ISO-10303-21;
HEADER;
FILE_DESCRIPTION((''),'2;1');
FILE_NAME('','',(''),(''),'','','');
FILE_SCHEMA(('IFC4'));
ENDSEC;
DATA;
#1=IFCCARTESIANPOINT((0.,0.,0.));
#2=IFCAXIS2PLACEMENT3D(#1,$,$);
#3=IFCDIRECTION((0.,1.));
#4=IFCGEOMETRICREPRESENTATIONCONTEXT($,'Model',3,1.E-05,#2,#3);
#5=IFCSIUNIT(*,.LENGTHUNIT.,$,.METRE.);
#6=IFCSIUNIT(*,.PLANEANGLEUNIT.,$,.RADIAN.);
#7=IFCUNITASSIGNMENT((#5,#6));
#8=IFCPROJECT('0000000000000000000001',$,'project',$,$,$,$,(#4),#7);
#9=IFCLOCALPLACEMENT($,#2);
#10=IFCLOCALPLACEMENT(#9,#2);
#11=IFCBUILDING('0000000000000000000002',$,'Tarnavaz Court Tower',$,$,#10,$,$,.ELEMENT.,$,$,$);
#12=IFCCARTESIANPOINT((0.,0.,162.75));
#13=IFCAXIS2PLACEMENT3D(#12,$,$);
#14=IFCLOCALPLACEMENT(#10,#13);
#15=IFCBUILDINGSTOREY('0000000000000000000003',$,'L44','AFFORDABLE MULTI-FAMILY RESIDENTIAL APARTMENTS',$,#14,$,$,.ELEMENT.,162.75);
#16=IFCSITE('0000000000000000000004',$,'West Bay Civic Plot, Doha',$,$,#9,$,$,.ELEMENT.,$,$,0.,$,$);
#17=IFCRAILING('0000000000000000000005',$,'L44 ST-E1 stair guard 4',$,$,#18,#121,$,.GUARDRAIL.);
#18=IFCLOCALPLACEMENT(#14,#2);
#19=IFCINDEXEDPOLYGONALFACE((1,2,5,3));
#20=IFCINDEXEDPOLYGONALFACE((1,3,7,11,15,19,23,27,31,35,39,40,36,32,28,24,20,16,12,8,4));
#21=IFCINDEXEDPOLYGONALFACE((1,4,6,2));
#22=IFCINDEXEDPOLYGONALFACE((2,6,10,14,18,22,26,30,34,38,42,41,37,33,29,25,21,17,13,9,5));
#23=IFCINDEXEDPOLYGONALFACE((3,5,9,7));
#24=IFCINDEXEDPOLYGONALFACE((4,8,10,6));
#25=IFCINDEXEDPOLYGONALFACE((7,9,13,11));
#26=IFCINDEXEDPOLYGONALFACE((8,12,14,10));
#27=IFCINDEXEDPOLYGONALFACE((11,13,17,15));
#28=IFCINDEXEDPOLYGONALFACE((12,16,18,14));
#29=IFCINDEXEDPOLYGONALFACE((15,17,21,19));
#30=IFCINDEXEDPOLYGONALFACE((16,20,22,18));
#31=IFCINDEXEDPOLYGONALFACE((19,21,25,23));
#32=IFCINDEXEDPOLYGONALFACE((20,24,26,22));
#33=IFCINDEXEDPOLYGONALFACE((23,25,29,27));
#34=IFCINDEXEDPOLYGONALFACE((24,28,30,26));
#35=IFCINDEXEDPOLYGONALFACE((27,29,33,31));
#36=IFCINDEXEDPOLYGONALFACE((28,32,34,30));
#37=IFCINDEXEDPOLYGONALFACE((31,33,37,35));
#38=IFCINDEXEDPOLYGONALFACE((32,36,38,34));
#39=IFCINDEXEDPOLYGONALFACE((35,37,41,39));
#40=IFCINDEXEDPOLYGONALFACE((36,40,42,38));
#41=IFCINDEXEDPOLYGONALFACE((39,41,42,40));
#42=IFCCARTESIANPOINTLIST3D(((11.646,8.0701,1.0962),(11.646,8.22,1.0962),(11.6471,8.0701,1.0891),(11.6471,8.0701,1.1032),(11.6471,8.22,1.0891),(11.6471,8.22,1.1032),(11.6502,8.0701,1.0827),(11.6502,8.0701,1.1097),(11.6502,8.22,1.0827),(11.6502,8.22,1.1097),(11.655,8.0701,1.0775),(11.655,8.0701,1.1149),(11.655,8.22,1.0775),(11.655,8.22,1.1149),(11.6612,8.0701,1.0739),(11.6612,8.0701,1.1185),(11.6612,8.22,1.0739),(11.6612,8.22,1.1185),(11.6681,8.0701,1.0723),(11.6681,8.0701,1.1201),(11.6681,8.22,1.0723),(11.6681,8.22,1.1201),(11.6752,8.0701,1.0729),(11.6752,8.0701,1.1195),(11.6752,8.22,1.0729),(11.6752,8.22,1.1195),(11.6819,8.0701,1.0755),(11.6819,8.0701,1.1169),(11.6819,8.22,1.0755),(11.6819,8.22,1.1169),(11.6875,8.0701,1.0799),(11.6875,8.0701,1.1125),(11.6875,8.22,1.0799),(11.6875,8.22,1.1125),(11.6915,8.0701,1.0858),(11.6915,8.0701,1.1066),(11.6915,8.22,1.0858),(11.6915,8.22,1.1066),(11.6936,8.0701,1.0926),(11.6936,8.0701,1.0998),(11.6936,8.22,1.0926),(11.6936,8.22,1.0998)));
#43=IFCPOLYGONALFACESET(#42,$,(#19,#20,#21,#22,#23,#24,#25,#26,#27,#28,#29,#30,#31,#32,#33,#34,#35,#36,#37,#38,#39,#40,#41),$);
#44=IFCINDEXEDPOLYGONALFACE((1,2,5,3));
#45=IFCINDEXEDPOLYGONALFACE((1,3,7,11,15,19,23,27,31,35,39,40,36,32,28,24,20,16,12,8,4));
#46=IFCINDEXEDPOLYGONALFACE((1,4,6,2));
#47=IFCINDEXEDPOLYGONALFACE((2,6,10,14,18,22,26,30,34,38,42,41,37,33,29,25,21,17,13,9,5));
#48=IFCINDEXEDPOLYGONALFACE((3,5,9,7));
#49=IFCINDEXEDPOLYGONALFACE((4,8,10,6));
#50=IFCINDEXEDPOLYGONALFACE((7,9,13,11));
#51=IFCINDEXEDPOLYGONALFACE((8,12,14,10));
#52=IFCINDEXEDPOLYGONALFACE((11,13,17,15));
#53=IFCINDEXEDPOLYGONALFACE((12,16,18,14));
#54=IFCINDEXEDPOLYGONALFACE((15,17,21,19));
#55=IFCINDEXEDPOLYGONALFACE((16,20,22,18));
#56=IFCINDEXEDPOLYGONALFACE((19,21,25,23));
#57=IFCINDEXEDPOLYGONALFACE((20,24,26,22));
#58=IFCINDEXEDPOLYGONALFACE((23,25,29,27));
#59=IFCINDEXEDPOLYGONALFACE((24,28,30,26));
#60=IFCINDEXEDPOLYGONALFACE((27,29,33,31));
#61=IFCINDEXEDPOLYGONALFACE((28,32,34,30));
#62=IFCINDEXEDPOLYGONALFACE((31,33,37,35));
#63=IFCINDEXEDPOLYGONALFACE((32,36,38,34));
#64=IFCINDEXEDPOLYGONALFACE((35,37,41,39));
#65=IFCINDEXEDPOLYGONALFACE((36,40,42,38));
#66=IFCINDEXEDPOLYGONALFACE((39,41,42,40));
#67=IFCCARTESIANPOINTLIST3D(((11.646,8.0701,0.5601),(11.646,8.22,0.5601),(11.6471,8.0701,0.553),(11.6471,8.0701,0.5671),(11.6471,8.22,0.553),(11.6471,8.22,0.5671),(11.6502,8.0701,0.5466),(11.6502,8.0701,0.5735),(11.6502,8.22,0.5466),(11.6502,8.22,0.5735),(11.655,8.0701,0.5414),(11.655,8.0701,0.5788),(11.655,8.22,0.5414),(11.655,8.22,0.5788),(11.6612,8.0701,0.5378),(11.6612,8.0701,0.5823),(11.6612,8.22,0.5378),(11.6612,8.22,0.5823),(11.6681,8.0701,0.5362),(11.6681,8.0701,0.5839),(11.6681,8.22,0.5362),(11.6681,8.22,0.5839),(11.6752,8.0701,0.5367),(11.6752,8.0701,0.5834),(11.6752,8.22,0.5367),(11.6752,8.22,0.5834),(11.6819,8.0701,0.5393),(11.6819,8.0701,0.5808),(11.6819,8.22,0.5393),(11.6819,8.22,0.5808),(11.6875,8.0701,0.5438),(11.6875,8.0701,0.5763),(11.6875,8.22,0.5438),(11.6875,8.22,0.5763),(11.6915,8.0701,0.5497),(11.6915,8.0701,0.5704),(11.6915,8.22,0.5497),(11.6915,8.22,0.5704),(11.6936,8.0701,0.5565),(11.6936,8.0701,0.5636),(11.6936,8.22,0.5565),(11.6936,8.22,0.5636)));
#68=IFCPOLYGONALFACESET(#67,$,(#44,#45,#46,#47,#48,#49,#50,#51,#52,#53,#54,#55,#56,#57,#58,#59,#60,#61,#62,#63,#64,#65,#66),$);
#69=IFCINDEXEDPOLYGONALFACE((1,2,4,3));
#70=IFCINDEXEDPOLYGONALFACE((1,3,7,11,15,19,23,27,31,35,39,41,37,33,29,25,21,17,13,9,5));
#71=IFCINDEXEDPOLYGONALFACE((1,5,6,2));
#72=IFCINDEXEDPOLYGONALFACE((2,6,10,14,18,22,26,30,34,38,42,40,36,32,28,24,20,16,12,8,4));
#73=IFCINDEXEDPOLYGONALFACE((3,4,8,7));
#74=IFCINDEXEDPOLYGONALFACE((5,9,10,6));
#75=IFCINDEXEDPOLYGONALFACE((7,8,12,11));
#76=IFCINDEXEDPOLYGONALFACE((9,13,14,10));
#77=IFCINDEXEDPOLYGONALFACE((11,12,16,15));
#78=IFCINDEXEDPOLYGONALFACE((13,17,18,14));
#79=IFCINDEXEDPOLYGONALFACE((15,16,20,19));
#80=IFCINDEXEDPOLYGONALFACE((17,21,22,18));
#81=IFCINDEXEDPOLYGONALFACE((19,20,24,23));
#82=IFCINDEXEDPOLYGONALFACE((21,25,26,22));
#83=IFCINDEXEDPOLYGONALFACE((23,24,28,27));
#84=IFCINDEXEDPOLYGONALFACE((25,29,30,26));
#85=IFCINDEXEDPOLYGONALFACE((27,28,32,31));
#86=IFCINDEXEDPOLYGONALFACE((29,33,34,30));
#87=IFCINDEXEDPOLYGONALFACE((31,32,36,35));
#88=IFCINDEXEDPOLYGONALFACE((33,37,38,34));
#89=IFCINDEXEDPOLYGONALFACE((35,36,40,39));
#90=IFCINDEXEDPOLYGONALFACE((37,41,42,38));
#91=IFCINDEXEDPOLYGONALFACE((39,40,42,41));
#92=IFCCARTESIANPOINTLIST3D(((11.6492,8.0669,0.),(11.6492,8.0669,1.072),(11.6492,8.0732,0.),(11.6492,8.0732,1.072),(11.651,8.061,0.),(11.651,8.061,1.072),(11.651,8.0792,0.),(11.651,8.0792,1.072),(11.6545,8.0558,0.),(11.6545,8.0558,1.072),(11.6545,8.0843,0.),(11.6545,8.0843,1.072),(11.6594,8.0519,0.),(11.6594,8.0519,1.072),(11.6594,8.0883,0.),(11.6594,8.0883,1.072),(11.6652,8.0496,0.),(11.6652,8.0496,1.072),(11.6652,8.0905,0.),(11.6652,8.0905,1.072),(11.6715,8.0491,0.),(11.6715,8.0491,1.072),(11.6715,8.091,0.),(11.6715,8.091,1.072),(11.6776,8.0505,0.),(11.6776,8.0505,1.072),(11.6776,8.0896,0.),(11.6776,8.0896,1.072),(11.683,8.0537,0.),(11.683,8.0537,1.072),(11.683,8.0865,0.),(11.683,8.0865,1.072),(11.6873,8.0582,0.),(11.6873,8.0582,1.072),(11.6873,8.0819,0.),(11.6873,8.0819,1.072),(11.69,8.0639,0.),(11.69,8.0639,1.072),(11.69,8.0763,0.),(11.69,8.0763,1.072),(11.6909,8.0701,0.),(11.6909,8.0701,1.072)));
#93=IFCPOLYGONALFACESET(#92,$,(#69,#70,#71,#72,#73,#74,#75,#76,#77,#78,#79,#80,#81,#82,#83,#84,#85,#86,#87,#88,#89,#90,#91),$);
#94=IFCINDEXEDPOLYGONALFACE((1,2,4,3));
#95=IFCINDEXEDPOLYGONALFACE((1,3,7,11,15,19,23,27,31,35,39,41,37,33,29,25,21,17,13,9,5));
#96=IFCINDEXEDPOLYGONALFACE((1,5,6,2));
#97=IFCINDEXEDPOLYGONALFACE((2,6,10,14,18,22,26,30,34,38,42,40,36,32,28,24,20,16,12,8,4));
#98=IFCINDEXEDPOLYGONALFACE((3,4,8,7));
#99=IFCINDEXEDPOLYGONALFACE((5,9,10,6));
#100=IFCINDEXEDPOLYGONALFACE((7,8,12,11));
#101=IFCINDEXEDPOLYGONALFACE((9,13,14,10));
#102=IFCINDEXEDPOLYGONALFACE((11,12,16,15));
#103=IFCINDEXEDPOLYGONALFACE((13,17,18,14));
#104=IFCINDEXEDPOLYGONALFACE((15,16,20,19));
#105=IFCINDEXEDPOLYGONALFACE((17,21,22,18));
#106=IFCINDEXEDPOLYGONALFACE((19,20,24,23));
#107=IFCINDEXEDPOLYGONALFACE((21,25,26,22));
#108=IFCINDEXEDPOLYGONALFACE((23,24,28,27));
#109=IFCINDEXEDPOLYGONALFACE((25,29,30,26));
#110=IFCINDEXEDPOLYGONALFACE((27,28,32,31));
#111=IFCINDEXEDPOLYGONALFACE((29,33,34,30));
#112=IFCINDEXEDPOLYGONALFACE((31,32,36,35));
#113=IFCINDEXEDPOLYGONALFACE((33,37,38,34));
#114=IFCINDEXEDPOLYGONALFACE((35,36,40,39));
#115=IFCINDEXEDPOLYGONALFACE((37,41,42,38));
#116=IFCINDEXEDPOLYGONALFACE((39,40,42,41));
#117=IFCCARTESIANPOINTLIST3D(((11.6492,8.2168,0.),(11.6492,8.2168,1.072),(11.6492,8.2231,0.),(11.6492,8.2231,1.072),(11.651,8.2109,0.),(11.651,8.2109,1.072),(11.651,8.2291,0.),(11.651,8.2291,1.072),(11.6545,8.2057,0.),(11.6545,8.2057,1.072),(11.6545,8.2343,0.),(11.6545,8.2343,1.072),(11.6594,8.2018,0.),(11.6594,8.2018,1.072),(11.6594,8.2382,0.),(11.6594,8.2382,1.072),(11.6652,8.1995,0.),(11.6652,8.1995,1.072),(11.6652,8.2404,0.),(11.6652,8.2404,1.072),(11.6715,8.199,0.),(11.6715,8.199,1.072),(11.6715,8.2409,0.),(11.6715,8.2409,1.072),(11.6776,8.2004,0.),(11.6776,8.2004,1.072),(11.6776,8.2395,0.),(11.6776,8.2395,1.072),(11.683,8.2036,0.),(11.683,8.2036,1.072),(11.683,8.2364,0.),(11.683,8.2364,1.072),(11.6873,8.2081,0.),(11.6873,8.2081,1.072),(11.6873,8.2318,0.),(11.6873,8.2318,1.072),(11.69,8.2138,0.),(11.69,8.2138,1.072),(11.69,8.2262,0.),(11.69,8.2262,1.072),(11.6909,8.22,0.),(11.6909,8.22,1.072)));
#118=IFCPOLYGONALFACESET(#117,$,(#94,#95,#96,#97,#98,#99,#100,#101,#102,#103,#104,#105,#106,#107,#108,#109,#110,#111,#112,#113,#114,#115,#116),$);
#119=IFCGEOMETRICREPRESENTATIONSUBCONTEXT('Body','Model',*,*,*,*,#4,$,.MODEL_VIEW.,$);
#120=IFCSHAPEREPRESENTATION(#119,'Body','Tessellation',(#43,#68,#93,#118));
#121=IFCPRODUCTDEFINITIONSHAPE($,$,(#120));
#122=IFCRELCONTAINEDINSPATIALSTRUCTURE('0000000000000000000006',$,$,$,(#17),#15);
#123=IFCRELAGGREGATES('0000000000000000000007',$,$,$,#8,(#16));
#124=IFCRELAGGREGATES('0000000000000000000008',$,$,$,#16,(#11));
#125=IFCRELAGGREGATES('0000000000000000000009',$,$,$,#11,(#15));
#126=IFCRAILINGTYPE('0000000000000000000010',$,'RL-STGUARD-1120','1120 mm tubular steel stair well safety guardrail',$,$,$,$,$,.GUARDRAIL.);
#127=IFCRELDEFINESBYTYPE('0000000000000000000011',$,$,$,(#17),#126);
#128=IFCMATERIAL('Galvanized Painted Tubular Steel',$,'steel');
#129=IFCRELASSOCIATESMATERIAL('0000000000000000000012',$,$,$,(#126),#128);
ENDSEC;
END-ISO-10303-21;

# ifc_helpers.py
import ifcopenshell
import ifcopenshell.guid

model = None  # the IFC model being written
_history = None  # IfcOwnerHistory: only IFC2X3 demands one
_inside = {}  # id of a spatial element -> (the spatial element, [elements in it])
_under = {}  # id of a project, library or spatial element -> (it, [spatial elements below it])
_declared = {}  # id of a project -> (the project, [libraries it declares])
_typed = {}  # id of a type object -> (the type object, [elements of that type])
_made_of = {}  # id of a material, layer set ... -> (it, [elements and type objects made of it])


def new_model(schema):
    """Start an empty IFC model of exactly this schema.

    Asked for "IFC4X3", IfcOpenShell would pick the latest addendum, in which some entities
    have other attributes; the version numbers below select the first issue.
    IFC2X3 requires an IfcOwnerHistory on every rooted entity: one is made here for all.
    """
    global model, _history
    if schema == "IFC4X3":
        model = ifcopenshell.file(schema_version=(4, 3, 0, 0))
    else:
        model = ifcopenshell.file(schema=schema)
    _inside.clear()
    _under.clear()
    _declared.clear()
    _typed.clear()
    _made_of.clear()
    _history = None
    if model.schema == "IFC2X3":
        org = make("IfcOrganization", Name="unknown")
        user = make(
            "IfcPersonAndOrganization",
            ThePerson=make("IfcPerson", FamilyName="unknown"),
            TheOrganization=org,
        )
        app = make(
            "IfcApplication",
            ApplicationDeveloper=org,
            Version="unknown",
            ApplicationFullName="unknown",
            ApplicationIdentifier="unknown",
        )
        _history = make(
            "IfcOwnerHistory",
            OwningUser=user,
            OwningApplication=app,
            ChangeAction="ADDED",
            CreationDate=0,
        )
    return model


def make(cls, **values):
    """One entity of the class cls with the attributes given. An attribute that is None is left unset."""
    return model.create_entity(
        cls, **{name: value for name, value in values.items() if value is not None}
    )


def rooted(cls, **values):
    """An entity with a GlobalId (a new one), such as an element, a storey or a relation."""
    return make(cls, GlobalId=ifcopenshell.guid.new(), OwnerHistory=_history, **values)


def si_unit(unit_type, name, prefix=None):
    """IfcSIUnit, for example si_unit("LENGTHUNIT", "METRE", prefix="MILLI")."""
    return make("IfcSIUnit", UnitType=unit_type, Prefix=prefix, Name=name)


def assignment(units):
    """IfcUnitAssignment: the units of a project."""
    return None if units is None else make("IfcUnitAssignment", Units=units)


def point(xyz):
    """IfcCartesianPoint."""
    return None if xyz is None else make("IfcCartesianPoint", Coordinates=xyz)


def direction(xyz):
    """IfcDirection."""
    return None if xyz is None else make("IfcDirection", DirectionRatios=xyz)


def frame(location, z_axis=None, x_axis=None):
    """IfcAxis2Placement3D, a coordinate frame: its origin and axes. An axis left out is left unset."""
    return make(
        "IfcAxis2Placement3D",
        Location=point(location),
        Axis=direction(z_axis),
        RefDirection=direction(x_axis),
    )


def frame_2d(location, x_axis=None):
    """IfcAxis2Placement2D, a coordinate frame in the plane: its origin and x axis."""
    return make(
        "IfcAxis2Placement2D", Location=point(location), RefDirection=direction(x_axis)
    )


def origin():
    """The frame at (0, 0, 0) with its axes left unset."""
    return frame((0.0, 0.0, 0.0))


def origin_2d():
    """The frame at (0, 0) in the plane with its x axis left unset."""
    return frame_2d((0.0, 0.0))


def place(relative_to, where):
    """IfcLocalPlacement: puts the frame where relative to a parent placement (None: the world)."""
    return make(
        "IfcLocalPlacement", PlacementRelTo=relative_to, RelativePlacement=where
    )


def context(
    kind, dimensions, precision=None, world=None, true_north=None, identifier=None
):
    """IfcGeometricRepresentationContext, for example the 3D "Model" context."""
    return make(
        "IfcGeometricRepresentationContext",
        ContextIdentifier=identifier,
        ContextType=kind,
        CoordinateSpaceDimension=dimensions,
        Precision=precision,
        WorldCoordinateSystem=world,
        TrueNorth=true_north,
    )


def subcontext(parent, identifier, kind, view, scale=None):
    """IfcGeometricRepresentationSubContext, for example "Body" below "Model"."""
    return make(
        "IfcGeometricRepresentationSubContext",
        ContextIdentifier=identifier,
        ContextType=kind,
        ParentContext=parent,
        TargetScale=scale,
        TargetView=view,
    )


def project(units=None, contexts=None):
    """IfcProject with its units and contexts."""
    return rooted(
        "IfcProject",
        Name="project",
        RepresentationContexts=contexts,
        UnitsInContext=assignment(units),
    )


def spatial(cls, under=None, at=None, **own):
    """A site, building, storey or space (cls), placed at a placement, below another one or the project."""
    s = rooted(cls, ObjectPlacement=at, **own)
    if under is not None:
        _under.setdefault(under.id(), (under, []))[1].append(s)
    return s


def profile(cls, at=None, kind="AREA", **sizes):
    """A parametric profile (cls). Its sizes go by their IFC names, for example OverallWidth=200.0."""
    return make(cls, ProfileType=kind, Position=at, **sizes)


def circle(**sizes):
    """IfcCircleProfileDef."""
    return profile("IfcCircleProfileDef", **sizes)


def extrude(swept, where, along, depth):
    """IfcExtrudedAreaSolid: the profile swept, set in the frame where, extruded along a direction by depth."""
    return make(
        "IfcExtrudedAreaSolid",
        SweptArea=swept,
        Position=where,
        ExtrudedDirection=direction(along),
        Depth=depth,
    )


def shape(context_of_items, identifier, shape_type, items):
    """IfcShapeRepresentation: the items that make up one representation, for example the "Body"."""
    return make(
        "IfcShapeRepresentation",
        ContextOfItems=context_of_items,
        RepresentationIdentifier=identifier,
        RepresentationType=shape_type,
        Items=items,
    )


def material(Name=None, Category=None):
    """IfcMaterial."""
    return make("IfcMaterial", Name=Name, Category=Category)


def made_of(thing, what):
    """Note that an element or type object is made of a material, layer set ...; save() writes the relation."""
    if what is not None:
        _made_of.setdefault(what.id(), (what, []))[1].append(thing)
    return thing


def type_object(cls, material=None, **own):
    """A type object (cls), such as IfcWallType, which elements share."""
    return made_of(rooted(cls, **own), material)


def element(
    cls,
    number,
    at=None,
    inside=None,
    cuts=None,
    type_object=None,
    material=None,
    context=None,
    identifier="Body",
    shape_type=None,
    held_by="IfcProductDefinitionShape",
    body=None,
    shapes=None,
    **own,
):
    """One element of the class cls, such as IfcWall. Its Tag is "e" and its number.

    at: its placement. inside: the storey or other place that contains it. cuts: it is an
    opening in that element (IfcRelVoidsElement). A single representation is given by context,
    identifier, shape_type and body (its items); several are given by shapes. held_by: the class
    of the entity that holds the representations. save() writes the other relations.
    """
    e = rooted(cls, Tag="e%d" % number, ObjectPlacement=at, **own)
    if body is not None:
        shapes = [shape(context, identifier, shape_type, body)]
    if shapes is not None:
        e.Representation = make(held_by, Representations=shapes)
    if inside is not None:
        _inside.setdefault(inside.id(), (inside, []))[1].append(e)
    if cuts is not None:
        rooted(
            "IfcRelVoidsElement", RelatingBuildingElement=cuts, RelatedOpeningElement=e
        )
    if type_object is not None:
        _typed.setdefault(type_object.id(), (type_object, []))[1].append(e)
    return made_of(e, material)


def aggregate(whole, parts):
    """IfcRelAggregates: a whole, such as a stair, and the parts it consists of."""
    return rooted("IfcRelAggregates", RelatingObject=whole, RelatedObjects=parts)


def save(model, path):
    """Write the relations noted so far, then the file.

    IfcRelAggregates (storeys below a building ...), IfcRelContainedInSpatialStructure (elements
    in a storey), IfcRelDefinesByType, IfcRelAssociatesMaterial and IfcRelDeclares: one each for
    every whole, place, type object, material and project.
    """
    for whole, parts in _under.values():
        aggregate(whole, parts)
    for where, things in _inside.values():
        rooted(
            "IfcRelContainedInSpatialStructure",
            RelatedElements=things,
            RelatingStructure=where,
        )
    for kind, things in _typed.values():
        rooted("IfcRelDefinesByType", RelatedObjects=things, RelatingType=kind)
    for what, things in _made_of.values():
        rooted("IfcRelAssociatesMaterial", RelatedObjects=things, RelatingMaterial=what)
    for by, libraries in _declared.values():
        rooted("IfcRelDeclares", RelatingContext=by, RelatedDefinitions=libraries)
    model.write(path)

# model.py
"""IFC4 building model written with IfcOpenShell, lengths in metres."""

from ifc_helpers import new_model, si_unit, direction, frame, origin, origin_2d, place, context, subcontext, project, spatial, circle, extrude, material, type_object, element, save


model = new_model("IFC4")

# Units and contexts
model_context = context("Model", 3, precision=1e-05, world=origin(), true_north=direction((0.0, 1.0)))
body_context = subcontext(model_context, "Body", "Model", "MODEL_VIEW")
ifc_project = project(units=[si_unit("LENGTHUNIT", "METRE"), si_unit("PLANEANGLEUNIT", "RADIAN")], contexts=[model_context])

# Site, building, storey
site_placement = place(None, origin())
site = spatial("IfcSite", under=ifc_project, at=site_placement, Name="West Bay Civic Plot, Doha", CompositionType="ELEMENT", RefElevation=0.0)
building_placement = place(site_placement, origin())
building = spatial("IfcBuilding", under=site, at=building_placement, Name="Tarnavaz Court Tower", CompositionType="ELEMENT")
storey_placement = place(building_placement, frame((0.0, 0.0, 162.75)))
storey = spatial("IfcBuildingStorey", under=building, at=storey_placement, Name="L44", Description="AFFORDABLE MULTI-FAMILY RESIDENTIAL APARTMENTS", CompositionType="ELEMENT", Elevation=162.75)

# Railing
ifc_material_1 = material(Name="Galvanized Painted Tubular Steel", Category="steel")
railing_type_1 = type_object("IfcRailingType", Name="RL-STGUARD-1120", Description="1120 mm tubular steel stair well safety guardrail", PredefinedType="GUARDRAIL", material=ifc_material_1)
railing_1_placement = place(storey_placement, frame((11.6699, 8.0701, 0.0)))
element("IfcRailing", 1, at=railing_1_placement, inside=storey, type_object=railing_type_1, Name="L44 ST-E1 stair guard 4", PredefinedType="GUARDRAIL", context=body_context, shape_type="SweptSolid", body=[
    extrude(circle(Radius=0.0239, at=origin_2d()), frame((0.0, 0.0, 1.0962), z_axis=(0.0, 1.0, 0.0), x_axis=(-1.0, 0.0, 0.0)), (0.0, 0.0, 1.0), 0.1499),
    extrude(circle(Radius=0.0239, at=origin_2d()), frame((0.0, 0.0, 0.5601), z_axis=(0.0, 1.0, 0.0), x_axis=(-1.0, 0.0, 0.0)), (0.0, 0.0, 1.0), 0.1499),
    extrude(circle(Radius=0.021, at=origin_2d()), origin(), (0.0, 0.0, 1.0), 1.072),
    extrude(circle(Radius=0.021, at=origin_2d()), frame((0.0, 0.1499, 0.0)), (0.0, 0.0, 1.0), 1.072),
])

save(model, "model.ifc")
